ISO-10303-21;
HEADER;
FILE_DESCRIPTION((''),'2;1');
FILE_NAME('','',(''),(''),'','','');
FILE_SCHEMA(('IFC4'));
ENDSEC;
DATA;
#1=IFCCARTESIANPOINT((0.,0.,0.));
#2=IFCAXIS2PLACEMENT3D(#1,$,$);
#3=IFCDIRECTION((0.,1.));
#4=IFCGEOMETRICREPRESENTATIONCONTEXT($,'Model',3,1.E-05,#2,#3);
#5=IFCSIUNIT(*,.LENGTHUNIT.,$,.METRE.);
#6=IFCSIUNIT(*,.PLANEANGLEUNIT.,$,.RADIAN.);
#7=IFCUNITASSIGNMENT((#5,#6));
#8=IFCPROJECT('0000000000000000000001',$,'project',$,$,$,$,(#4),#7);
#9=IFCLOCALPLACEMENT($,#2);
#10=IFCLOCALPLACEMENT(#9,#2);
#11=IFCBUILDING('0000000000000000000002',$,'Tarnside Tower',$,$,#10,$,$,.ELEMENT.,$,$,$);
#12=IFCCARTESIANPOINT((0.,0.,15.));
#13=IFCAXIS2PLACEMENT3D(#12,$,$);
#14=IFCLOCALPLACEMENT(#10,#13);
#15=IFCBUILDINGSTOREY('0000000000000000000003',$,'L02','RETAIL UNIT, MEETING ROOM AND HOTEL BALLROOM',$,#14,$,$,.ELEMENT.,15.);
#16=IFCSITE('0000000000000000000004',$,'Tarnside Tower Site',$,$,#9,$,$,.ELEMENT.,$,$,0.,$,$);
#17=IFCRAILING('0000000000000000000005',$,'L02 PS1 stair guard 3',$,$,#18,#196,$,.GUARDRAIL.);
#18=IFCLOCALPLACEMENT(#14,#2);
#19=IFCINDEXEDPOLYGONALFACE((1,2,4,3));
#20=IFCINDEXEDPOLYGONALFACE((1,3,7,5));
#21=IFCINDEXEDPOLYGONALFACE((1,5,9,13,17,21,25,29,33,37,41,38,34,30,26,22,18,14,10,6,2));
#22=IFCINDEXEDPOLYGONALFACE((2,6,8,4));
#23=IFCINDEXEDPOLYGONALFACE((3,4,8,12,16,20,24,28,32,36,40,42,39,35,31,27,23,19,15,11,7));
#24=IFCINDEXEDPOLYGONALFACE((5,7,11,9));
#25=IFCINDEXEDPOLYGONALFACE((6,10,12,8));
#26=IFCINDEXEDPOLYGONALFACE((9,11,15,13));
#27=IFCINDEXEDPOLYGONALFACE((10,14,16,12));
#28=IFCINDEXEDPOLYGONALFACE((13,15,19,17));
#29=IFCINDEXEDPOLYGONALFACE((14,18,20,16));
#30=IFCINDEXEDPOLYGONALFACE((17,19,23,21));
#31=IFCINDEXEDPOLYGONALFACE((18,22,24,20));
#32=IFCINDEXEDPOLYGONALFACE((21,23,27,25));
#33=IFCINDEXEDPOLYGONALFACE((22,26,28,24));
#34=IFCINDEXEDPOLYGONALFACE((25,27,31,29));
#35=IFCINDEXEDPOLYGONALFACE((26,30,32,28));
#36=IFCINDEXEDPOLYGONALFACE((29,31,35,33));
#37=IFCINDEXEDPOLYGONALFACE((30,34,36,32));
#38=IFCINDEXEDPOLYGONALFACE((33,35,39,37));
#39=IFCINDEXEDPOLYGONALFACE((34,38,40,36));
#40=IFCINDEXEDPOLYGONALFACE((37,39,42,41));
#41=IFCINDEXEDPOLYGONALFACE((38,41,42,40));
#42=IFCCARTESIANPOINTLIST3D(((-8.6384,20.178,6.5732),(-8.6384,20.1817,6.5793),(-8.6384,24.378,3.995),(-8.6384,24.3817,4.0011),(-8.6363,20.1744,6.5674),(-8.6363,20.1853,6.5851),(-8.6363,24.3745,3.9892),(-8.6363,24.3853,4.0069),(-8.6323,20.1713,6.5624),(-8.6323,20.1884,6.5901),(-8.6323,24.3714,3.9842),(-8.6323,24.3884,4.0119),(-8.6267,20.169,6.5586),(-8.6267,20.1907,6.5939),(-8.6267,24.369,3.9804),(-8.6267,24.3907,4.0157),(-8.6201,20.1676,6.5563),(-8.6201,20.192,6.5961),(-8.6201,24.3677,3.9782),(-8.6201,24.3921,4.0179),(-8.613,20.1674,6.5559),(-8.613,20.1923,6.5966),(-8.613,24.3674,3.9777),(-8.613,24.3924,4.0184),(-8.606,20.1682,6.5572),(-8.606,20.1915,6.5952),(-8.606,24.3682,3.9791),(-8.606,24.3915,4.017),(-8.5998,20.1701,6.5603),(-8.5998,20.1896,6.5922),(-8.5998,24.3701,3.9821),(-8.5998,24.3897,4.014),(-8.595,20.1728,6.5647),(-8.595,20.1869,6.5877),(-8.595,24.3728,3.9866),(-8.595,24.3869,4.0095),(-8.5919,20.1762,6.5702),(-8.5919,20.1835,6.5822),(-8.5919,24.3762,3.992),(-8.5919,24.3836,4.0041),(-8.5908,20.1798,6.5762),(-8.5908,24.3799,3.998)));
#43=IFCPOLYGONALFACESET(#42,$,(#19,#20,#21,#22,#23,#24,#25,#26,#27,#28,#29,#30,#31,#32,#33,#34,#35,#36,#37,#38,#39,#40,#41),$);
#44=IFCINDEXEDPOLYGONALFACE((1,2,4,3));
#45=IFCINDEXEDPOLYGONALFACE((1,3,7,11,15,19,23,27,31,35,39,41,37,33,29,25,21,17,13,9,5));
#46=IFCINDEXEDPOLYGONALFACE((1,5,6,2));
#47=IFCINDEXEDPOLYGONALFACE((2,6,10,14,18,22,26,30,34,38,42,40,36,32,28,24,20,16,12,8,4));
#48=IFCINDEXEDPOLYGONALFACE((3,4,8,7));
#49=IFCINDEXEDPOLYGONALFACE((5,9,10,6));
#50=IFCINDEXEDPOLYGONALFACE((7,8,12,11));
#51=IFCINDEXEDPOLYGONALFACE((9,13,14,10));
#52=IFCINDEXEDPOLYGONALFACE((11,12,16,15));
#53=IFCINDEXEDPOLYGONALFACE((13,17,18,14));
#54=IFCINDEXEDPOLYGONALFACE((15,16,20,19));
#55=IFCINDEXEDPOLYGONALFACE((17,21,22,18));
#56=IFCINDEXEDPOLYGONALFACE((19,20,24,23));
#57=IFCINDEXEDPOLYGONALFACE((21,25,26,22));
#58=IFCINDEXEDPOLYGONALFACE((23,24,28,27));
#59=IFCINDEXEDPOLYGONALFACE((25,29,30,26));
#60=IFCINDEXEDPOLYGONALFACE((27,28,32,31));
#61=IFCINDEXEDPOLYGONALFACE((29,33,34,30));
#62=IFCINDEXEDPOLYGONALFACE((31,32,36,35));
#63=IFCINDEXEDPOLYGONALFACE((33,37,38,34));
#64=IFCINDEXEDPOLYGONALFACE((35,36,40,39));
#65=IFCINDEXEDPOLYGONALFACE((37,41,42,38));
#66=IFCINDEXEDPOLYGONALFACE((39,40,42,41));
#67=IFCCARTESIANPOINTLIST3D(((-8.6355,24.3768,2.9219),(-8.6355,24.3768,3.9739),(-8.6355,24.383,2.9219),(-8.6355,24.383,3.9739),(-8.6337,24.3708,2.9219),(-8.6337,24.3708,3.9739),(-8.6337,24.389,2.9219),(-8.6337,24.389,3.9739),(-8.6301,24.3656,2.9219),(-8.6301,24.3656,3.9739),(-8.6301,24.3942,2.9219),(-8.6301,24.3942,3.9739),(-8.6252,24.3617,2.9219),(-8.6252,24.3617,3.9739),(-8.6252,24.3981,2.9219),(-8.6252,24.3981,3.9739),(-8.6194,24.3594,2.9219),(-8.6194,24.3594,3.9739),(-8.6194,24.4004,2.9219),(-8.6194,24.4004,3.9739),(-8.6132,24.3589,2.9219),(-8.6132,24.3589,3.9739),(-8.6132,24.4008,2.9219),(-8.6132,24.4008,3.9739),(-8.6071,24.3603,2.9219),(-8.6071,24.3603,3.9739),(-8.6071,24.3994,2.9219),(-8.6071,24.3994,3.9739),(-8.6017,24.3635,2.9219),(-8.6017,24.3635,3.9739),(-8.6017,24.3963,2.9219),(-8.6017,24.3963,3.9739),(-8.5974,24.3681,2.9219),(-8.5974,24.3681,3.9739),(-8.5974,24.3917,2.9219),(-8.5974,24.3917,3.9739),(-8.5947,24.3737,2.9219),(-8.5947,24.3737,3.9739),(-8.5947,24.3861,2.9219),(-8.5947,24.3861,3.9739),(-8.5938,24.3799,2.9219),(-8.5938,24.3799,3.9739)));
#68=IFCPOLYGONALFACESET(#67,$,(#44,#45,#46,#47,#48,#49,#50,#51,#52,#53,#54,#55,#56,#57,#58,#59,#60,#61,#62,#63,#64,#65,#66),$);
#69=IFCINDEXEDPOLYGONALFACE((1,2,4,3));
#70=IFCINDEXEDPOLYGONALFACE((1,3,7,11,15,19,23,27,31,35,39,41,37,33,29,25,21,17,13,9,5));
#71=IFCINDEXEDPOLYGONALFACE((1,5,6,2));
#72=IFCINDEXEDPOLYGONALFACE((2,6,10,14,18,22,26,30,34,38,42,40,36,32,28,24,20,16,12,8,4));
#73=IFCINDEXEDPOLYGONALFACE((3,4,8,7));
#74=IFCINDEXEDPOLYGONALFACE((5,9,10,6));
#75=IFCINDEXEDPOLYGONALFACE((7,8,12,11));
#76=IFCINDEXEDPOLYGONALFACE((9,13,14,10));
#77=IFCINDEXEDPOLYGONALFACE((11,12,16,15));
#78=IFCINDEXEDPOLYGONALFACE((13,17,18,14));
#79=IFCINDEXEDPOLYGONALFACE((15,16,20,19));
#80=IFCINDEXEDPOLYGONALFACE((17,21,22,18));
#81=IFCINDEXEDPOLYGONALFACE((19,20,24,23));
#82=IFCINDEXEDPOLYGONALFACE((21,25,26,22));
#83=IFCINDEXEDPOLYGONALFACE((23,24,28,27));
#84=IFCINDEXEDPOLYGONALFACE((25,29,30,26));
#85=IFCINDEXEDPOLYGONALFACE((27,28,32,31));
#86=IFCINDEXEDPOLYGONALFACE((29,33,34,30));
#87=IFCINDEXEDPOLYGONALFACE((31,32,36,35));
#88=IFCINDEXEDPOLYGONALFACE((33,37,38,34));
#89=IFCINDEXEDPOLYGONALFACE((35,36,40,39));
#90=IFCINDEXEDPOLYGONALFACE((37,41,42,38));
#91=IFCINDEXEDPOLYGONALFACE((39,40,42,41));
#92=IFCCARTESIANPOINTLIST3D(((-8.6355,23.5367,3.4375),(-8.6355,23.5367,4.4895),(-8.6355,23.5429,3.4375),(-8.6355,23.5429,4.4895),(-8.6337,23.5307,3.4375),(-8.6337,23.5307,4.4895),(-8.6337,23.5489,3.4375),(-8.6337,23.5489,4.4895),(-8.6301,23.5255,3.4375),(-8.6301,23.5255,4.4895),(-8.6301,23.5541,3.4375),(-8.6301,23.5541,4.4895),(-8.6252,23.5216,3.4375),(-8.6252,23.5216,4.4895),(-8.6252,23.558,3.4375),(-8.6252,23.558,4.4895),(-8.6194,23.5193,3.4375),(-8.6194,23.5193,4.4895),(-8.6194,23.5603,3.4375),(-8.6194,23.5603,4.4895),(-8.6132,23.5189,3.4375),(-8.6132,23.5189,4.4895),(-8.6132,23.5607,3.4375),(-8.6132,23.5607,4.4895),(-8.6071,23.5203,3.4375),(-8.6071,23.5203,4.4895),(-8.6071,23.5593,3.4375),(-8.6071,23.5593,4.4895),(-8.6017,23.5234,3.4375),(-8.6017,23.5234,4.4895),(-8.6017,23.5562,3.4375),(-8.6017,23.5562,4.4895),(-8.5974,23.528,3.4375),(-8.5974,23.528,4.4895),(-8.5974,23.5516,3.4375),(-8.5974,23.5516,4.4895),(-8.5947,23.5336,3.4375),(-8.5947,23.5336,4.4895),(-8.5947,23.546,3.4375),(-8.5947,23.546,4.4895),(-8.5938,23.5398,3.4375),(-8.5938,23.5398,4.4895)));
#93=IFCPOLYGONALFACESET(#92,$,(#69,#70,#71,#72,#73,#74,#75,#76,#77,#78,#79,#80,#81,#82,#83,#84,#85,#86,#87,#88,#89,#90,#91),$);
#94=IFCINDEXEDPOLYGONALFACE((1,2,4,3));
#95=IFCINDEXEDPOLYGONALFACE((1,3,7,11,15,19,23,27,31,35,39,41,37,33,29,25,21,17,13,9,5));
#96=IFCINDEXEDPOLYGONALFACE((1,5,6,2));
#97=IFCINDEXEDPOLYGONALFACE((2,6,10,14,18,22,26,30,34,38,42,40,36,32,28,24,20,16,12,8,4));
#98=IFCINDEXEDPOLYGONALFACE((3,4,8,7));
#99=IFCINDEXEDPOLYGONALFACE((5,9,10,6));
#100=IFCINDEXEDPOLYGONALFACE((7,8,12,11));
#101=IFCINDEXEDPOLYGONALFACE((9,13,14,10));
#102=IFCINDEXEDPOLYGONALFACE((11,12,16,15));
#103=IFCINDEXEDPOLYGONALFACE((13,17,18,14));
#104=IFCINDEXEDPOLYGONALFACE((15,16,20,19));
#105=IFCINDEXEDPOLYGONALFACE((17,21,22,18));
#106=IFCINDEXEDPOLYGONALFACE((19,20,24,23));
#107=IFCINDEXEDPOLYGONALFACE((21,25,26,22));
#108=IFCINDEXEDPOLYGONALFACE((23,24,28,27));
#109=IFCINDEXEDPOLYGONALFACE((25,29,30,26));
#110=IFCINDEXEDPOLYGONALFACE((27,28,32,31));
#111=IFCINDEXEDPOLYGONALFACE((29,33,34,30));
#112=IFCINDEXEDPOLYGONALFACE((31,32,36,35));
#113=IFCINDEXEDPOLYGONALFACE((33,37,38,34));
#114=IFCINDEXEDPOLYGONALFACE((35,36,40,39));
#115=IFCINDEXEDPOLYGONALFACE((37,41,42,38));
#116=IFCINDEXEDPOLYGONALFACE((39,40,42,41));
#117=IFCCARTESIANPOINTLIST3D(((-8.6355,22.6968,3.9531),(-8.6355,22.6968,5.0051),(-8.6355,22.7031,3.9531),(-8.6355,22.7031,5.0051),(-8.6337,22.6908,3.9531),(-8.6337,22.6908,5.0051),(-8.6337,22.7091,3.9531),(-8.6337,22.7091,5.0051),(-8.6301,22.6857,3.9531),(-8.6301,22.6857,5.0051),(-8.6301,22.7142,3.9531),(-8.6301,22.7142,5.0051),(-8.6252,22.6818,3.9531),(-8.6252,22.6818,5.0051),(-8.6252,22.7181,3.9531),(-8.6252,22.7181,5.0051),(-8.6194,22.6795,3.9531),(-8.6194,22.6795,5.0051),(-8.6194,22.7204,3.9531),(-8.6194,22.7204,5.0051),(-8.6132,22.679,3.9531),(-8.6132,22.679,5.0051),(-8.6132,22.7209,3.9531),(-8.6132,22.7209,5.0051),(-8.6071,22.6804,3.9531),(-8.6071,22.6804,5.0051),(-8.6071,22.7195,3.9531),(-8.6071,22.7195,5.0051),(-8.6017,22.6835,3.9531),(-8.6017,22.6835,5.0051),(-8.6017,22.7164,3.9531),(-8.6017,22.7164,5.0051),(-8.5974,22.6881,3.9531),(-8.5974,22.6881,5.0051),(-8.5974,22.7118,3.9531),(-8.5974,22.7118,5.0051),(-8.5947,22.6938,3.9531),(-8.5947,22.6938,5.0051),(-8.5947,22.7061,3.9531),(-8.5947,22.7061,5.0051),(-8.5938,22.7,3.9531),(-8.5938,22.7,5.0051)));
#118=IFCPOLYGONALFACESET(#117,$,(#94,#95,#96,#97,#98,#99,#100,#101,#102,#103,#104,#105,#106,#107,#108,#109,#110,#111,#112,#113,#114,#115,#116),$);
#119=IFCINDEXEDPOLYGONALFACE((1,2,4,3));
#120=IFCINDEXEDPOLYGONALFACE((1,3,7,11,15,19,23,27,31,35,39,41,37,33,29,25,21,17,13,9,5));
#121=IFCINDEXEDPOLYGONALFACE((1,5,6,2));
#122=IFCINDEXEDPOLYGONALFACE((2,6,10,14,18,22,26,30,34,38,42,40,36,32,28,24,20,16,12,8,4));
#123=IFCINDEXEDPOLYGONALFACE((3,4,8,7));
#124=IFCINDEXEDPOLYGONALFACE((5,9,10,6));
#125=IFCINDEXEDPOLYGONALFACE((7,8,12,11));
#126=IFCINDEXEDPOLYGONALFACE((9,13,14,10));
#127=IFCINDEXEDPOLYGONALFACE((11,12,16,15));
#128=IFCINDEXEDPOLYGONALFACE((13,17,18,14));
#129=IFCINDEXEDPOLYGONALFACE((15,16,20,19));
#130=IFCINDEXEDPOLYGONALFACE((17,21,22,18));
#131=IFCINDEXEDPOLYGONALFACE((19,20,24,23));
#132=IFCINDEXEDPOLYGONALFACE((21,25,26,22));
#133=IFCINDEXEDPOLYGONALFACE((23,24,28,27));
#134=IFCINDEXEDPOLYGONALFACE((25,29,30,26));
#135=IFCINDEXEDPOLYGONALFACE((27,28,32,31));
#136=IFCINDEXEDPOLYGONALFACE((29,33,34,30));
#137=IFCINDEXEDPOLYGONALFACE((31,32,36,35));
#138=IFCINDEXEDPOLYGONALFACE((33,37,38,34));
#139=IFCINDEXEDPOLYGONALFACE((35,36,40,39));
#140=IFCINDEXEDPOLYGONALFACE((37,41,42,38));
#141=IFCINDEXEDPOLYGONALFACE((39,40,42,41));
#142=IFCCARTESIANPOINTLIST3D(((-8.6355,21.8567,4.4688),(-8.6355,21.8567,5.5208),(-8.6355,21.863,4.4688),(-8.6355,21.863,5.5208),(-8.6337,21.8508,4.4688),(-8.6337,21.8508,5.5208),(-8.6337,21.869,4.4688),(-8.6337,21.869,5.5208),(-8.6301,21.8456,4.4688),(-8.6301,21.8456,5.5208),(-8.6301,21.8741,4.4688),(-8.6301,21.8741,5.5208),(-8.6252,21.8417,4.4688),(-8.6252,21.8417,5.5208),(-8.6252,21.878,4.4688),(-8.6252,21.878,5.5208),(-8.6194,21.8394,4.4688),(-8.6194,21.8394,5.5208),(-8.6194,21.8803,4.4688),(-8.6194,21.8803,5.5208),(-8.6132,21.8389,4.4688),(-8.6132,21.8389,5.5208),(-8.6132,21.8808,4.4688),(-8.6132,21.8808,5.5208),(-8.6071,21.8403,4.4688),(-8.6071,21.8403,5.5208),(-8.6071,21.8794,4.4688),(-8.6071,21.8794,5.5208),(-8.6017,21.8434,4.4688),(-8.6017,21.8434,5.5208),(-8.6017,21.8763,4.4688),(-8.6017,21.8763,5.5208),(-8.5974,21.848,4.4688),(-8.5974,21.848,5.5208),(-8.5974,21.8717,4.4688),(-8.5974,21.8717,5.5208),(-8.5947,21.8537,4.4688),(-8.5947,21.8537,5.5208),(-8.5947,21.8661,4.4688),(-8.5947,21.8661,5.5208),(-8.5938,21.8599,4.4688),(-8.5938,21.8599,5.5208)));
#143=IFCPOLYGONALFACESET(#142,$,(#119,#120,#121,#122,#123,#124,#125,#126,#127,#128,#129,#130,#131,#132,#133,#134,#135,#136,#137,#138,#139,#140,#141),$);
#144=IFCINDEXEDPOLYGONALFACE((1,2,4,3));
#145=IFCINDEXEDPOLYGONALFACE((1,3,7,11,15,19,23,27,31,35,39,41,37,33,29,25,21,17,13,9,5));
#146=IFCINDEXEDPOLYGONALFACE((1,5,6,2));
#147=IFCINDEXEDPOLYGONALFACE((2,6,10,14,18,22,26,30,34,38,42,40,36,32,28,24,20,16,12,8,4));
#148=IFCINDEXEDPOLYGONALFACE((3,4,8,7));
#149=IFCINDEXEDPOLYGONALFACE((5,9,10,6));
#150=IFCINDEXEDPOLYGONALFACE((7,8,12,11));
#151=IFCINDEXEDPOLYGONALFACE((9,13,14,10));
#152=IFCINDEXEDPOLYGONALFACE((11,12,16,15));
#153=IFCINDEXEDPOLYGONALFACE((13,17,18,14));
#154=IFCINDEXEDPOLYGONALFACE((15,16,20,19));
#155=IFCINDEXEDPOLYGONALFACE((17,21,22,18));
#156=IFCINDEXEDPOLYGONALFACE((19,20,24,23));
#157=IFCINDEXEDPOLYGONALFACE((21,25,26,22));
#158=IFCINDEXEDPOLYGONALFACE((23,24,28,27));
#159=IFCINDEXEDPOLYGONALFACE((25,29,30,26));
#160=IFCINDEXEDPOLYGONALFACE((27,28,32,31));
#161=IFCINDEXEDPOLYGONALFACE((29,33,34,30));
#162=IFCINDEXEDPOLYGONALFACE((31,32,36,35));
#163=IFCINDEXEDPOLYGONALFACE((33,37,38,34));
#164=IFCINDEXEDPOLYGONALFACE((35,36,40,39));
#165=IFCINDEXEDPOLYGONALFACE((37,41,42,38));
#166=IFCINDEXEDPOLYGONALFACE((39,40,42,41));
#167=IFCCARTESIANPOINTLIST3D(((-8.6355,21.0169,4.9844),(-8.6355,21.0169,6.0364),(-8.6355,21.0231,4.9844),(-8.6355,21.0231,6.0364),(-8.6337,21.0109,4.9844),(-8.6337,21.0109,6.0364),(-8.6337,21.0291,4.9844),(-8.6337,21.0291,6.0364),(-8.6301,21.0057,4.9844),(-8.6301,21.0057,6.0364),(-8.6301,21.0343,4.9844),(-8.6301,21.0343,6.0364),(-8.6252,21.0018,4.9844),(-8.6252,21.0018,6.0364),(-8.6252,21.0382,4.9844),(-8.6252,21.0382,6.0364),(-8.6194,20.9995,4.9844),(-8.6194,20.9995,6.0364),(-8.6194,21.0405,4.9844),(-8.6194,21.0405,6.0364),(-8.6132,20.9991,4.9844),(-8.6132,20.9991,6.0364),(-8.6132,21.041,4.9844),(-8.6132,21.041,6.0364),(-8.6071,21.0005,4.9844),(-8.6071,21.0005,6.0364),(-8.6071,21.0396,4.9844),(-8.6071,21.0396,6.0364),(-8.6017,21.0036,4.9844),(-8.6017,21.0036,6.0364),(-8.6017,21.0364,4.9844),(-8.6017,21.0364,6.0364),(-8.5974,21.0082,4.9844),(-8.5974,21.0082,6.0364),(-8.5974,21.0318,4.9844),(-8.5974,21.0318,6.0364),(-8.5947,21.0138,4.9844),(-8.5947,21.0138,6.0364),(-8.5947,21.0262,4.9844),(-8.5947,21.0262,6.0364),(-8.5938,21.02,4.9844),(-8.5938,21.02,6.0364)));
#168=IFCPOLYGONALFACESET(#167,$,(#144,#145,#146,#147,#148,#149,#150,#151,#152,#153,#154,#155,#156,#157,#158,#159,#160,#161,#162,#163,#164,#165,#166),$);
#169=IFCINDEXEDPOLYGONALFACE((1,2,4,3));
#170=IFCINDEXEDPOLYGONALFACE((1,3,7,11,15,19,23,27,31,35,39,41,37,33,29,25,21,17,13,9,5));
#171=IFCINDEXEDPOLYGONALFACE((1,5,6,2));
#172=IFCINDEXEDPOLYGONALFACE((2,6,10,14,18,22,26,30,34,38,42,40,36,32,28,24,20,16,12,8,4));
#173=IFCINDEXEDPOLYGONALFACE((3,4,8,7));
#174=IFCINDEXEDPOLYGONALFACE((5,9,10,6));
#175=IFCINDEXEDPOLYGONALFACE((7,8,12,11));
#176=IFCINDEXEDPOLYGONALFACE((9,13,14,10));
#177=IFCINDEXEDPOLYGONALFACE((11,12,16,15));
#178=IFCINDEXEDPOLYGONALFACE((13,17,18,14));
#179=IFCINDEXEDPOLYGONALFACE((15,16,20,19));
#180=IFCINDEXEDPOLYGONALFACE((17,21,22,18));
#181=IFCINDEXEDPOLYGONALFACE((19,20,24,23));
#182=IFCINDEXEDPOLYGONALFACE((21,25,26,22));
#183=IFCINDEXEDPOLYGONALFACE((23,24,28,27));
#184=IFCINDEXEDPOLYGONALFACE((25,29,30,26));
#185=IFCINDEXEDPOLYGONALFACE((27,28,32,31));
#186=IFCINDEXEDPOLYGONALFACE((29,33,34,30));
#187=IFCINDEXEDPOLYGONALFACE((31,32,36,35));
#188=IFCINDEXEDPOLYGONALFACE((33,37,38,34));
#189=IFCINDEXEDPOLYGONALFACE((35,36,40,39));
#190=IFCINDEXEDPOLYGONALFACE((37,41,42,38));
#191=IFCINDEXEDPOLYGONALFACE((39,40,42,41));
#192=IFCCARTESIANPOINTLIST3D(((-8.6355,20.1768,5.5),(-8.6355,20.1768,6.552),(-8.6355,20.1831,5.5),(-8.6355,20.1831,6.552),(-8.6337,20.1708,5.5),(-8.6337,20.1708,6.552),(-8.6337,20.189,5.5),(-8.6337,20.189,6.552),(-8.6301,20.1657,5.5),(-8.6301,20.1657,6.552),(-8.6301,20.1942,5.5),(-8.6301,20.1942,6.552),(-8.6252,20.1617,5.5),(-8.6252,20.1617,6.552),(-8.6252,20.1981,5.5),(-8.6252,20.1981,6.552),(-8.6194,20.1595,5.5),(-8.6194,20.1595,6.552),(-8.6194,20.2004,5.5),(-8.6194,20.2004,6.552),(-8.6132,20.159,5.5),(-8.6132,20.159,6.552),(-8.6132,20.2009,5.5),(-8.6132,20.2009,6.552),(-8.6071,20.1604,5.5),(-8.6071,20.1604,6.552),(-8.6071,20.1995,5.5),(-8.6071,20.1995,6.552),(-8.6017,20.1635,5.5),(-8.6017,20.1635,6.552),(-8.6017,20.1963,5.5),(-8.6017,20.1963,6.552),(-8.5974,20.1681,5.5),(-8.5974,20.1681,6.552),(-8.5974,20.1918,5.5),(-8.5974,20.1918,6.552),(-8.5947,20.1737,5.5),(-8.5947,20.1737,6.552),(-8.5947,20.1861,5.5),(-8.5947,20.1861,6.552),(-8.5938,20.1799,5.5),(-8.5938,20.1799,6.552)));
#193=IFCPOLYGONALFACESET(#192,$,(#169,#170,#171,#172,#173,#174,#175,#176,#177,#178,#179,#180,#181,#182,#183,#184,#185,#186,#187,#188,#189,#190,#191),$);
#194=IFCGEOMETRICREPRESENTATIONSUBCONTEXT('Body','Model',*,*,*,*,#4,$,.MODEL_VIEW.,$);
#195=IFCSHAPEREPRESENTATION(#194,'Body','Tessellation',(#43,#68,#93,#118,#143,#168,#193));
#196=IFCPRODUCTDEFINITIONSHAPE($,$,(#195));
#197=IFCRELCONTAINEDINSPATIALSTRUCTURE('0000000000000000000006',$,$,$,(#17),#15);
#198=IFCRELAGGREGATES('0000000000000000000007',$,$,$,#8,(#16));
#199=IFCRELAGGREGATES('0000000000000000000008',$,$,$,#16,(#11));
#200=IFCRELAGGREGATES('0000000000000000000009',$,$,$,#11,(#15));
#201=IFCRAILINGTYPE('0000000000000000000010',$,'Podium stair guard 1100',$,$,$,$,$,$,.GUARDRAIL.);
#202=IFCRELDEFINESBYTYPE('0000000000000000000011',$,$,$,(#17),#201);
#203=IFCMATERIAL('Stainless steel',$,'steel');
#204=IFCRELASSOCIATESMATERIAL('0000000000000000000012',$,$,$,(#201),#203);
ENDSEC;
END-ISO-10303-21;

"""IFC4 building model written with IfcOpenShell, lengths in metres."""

from ifc_helpers import new_model, si_unit, direction, frame, origin, origin_2d, place, context, subcontext, project, spatial, circle, extrude, material, type_object, element, save


model = new_model("IFC4")

# Units and contexts
model_context = context("Model", 3, precision=1e-05, world=origin(), true_north=direction((0.0, 1.0)))
body_context = subcontext(model_context, "Body", "Model", "MODEL_VIEW")
ifc_project = project(units=[si_unit("LENGTHUNIT", "METRE"), si_unit("PLANEANGLEUNIT", "RADIAN")], contexts=[model_context])

# Site, building, storey
site_placement = place(None, origin())
site = spatial("IfcSite", under=ifc_project, at=site_placement, Name="Tarnside Tower Site", CompositionType="ELEMENT", RefElevation=0.0)
building_placement = place(site_placement, origin())
building = spatial("IfcBuilding", under=site, at=building_placement, Name="Tarnside Tower", CompositionType="ELEMENT")
storey_placement = place(building_placement, frame((0.0, 0.0, 15.0)))
storey = spatial("IfcBuildingStorey", under=building, at=storey_placement, Name="L02", Description="RETAIL UNIT, MEETING ROOM AND HOTEL BALLROOM", CompositionType="ELEMENT", Elevation=15.0)

# Railing
ifc_material_1 = material(Name="Stainless steel", Category="steel")
railing_type_1 = type_object("IfcRailingType", Name="Podium stair guard 1100", PredefinedType="GUARDRAIL", material=ifc_material_1)
railing_1_placement = place(storey_placement, frame((-8.6147, 24.3799, 2.9219)))
element("IfcRailing", 1, at=railing_1_placement, inside=storey, type_object=railing_type_1, Name="L02 PS1 stair guard 3", PredefinedType="GUARDRAIL", context=body_context, shape_type="SweptSolid", body=[
    extrude(circle(Radius=0.0239, at=origin_2d()), frame((0.0, 0.0, 1.0762), z_axis=(0.0, -0.852243, 0.523146), x_axis=(1.0, 0.0, 0.0)), (0.0, 0.0, 1.0), 4.9282),
    extrude(circle(Radius=0.021, at=origin_2d()), origin(), (0.0, 0.0, 1.0), 1.052),
    extrude(circle(Radius=0.021, at=origin_2d()), frame((0.0, -0.8401, 0.5156)), (0.0, 0.0, 1.0), 1.052),
    extrude(circle(Radius=0.021, at=origin_2d()), frame((0.0, -1.6799, 1.0312)), (0.0, 0.0, 1.0), 1.052),
    extrude(circle(Radius=0.021, at=origin_2d()), frame((0.0, -2.52, 1.5469)), (0.0, 0.0, 1.0), 1.052),
    extrude(circle(Radius=0.021, at=origin_2d()), frame((0.0, -3.3599, 2.0625)), (0.0, 0.0, 1.0), 1.052),
    extrude(circle(Radius=0.021, at=origin_2d()), frame((0.0, -4.2, 2.5781)), (0.0, 0.0, 1.0), 1.052),
])

save(model, "model.ifc")
